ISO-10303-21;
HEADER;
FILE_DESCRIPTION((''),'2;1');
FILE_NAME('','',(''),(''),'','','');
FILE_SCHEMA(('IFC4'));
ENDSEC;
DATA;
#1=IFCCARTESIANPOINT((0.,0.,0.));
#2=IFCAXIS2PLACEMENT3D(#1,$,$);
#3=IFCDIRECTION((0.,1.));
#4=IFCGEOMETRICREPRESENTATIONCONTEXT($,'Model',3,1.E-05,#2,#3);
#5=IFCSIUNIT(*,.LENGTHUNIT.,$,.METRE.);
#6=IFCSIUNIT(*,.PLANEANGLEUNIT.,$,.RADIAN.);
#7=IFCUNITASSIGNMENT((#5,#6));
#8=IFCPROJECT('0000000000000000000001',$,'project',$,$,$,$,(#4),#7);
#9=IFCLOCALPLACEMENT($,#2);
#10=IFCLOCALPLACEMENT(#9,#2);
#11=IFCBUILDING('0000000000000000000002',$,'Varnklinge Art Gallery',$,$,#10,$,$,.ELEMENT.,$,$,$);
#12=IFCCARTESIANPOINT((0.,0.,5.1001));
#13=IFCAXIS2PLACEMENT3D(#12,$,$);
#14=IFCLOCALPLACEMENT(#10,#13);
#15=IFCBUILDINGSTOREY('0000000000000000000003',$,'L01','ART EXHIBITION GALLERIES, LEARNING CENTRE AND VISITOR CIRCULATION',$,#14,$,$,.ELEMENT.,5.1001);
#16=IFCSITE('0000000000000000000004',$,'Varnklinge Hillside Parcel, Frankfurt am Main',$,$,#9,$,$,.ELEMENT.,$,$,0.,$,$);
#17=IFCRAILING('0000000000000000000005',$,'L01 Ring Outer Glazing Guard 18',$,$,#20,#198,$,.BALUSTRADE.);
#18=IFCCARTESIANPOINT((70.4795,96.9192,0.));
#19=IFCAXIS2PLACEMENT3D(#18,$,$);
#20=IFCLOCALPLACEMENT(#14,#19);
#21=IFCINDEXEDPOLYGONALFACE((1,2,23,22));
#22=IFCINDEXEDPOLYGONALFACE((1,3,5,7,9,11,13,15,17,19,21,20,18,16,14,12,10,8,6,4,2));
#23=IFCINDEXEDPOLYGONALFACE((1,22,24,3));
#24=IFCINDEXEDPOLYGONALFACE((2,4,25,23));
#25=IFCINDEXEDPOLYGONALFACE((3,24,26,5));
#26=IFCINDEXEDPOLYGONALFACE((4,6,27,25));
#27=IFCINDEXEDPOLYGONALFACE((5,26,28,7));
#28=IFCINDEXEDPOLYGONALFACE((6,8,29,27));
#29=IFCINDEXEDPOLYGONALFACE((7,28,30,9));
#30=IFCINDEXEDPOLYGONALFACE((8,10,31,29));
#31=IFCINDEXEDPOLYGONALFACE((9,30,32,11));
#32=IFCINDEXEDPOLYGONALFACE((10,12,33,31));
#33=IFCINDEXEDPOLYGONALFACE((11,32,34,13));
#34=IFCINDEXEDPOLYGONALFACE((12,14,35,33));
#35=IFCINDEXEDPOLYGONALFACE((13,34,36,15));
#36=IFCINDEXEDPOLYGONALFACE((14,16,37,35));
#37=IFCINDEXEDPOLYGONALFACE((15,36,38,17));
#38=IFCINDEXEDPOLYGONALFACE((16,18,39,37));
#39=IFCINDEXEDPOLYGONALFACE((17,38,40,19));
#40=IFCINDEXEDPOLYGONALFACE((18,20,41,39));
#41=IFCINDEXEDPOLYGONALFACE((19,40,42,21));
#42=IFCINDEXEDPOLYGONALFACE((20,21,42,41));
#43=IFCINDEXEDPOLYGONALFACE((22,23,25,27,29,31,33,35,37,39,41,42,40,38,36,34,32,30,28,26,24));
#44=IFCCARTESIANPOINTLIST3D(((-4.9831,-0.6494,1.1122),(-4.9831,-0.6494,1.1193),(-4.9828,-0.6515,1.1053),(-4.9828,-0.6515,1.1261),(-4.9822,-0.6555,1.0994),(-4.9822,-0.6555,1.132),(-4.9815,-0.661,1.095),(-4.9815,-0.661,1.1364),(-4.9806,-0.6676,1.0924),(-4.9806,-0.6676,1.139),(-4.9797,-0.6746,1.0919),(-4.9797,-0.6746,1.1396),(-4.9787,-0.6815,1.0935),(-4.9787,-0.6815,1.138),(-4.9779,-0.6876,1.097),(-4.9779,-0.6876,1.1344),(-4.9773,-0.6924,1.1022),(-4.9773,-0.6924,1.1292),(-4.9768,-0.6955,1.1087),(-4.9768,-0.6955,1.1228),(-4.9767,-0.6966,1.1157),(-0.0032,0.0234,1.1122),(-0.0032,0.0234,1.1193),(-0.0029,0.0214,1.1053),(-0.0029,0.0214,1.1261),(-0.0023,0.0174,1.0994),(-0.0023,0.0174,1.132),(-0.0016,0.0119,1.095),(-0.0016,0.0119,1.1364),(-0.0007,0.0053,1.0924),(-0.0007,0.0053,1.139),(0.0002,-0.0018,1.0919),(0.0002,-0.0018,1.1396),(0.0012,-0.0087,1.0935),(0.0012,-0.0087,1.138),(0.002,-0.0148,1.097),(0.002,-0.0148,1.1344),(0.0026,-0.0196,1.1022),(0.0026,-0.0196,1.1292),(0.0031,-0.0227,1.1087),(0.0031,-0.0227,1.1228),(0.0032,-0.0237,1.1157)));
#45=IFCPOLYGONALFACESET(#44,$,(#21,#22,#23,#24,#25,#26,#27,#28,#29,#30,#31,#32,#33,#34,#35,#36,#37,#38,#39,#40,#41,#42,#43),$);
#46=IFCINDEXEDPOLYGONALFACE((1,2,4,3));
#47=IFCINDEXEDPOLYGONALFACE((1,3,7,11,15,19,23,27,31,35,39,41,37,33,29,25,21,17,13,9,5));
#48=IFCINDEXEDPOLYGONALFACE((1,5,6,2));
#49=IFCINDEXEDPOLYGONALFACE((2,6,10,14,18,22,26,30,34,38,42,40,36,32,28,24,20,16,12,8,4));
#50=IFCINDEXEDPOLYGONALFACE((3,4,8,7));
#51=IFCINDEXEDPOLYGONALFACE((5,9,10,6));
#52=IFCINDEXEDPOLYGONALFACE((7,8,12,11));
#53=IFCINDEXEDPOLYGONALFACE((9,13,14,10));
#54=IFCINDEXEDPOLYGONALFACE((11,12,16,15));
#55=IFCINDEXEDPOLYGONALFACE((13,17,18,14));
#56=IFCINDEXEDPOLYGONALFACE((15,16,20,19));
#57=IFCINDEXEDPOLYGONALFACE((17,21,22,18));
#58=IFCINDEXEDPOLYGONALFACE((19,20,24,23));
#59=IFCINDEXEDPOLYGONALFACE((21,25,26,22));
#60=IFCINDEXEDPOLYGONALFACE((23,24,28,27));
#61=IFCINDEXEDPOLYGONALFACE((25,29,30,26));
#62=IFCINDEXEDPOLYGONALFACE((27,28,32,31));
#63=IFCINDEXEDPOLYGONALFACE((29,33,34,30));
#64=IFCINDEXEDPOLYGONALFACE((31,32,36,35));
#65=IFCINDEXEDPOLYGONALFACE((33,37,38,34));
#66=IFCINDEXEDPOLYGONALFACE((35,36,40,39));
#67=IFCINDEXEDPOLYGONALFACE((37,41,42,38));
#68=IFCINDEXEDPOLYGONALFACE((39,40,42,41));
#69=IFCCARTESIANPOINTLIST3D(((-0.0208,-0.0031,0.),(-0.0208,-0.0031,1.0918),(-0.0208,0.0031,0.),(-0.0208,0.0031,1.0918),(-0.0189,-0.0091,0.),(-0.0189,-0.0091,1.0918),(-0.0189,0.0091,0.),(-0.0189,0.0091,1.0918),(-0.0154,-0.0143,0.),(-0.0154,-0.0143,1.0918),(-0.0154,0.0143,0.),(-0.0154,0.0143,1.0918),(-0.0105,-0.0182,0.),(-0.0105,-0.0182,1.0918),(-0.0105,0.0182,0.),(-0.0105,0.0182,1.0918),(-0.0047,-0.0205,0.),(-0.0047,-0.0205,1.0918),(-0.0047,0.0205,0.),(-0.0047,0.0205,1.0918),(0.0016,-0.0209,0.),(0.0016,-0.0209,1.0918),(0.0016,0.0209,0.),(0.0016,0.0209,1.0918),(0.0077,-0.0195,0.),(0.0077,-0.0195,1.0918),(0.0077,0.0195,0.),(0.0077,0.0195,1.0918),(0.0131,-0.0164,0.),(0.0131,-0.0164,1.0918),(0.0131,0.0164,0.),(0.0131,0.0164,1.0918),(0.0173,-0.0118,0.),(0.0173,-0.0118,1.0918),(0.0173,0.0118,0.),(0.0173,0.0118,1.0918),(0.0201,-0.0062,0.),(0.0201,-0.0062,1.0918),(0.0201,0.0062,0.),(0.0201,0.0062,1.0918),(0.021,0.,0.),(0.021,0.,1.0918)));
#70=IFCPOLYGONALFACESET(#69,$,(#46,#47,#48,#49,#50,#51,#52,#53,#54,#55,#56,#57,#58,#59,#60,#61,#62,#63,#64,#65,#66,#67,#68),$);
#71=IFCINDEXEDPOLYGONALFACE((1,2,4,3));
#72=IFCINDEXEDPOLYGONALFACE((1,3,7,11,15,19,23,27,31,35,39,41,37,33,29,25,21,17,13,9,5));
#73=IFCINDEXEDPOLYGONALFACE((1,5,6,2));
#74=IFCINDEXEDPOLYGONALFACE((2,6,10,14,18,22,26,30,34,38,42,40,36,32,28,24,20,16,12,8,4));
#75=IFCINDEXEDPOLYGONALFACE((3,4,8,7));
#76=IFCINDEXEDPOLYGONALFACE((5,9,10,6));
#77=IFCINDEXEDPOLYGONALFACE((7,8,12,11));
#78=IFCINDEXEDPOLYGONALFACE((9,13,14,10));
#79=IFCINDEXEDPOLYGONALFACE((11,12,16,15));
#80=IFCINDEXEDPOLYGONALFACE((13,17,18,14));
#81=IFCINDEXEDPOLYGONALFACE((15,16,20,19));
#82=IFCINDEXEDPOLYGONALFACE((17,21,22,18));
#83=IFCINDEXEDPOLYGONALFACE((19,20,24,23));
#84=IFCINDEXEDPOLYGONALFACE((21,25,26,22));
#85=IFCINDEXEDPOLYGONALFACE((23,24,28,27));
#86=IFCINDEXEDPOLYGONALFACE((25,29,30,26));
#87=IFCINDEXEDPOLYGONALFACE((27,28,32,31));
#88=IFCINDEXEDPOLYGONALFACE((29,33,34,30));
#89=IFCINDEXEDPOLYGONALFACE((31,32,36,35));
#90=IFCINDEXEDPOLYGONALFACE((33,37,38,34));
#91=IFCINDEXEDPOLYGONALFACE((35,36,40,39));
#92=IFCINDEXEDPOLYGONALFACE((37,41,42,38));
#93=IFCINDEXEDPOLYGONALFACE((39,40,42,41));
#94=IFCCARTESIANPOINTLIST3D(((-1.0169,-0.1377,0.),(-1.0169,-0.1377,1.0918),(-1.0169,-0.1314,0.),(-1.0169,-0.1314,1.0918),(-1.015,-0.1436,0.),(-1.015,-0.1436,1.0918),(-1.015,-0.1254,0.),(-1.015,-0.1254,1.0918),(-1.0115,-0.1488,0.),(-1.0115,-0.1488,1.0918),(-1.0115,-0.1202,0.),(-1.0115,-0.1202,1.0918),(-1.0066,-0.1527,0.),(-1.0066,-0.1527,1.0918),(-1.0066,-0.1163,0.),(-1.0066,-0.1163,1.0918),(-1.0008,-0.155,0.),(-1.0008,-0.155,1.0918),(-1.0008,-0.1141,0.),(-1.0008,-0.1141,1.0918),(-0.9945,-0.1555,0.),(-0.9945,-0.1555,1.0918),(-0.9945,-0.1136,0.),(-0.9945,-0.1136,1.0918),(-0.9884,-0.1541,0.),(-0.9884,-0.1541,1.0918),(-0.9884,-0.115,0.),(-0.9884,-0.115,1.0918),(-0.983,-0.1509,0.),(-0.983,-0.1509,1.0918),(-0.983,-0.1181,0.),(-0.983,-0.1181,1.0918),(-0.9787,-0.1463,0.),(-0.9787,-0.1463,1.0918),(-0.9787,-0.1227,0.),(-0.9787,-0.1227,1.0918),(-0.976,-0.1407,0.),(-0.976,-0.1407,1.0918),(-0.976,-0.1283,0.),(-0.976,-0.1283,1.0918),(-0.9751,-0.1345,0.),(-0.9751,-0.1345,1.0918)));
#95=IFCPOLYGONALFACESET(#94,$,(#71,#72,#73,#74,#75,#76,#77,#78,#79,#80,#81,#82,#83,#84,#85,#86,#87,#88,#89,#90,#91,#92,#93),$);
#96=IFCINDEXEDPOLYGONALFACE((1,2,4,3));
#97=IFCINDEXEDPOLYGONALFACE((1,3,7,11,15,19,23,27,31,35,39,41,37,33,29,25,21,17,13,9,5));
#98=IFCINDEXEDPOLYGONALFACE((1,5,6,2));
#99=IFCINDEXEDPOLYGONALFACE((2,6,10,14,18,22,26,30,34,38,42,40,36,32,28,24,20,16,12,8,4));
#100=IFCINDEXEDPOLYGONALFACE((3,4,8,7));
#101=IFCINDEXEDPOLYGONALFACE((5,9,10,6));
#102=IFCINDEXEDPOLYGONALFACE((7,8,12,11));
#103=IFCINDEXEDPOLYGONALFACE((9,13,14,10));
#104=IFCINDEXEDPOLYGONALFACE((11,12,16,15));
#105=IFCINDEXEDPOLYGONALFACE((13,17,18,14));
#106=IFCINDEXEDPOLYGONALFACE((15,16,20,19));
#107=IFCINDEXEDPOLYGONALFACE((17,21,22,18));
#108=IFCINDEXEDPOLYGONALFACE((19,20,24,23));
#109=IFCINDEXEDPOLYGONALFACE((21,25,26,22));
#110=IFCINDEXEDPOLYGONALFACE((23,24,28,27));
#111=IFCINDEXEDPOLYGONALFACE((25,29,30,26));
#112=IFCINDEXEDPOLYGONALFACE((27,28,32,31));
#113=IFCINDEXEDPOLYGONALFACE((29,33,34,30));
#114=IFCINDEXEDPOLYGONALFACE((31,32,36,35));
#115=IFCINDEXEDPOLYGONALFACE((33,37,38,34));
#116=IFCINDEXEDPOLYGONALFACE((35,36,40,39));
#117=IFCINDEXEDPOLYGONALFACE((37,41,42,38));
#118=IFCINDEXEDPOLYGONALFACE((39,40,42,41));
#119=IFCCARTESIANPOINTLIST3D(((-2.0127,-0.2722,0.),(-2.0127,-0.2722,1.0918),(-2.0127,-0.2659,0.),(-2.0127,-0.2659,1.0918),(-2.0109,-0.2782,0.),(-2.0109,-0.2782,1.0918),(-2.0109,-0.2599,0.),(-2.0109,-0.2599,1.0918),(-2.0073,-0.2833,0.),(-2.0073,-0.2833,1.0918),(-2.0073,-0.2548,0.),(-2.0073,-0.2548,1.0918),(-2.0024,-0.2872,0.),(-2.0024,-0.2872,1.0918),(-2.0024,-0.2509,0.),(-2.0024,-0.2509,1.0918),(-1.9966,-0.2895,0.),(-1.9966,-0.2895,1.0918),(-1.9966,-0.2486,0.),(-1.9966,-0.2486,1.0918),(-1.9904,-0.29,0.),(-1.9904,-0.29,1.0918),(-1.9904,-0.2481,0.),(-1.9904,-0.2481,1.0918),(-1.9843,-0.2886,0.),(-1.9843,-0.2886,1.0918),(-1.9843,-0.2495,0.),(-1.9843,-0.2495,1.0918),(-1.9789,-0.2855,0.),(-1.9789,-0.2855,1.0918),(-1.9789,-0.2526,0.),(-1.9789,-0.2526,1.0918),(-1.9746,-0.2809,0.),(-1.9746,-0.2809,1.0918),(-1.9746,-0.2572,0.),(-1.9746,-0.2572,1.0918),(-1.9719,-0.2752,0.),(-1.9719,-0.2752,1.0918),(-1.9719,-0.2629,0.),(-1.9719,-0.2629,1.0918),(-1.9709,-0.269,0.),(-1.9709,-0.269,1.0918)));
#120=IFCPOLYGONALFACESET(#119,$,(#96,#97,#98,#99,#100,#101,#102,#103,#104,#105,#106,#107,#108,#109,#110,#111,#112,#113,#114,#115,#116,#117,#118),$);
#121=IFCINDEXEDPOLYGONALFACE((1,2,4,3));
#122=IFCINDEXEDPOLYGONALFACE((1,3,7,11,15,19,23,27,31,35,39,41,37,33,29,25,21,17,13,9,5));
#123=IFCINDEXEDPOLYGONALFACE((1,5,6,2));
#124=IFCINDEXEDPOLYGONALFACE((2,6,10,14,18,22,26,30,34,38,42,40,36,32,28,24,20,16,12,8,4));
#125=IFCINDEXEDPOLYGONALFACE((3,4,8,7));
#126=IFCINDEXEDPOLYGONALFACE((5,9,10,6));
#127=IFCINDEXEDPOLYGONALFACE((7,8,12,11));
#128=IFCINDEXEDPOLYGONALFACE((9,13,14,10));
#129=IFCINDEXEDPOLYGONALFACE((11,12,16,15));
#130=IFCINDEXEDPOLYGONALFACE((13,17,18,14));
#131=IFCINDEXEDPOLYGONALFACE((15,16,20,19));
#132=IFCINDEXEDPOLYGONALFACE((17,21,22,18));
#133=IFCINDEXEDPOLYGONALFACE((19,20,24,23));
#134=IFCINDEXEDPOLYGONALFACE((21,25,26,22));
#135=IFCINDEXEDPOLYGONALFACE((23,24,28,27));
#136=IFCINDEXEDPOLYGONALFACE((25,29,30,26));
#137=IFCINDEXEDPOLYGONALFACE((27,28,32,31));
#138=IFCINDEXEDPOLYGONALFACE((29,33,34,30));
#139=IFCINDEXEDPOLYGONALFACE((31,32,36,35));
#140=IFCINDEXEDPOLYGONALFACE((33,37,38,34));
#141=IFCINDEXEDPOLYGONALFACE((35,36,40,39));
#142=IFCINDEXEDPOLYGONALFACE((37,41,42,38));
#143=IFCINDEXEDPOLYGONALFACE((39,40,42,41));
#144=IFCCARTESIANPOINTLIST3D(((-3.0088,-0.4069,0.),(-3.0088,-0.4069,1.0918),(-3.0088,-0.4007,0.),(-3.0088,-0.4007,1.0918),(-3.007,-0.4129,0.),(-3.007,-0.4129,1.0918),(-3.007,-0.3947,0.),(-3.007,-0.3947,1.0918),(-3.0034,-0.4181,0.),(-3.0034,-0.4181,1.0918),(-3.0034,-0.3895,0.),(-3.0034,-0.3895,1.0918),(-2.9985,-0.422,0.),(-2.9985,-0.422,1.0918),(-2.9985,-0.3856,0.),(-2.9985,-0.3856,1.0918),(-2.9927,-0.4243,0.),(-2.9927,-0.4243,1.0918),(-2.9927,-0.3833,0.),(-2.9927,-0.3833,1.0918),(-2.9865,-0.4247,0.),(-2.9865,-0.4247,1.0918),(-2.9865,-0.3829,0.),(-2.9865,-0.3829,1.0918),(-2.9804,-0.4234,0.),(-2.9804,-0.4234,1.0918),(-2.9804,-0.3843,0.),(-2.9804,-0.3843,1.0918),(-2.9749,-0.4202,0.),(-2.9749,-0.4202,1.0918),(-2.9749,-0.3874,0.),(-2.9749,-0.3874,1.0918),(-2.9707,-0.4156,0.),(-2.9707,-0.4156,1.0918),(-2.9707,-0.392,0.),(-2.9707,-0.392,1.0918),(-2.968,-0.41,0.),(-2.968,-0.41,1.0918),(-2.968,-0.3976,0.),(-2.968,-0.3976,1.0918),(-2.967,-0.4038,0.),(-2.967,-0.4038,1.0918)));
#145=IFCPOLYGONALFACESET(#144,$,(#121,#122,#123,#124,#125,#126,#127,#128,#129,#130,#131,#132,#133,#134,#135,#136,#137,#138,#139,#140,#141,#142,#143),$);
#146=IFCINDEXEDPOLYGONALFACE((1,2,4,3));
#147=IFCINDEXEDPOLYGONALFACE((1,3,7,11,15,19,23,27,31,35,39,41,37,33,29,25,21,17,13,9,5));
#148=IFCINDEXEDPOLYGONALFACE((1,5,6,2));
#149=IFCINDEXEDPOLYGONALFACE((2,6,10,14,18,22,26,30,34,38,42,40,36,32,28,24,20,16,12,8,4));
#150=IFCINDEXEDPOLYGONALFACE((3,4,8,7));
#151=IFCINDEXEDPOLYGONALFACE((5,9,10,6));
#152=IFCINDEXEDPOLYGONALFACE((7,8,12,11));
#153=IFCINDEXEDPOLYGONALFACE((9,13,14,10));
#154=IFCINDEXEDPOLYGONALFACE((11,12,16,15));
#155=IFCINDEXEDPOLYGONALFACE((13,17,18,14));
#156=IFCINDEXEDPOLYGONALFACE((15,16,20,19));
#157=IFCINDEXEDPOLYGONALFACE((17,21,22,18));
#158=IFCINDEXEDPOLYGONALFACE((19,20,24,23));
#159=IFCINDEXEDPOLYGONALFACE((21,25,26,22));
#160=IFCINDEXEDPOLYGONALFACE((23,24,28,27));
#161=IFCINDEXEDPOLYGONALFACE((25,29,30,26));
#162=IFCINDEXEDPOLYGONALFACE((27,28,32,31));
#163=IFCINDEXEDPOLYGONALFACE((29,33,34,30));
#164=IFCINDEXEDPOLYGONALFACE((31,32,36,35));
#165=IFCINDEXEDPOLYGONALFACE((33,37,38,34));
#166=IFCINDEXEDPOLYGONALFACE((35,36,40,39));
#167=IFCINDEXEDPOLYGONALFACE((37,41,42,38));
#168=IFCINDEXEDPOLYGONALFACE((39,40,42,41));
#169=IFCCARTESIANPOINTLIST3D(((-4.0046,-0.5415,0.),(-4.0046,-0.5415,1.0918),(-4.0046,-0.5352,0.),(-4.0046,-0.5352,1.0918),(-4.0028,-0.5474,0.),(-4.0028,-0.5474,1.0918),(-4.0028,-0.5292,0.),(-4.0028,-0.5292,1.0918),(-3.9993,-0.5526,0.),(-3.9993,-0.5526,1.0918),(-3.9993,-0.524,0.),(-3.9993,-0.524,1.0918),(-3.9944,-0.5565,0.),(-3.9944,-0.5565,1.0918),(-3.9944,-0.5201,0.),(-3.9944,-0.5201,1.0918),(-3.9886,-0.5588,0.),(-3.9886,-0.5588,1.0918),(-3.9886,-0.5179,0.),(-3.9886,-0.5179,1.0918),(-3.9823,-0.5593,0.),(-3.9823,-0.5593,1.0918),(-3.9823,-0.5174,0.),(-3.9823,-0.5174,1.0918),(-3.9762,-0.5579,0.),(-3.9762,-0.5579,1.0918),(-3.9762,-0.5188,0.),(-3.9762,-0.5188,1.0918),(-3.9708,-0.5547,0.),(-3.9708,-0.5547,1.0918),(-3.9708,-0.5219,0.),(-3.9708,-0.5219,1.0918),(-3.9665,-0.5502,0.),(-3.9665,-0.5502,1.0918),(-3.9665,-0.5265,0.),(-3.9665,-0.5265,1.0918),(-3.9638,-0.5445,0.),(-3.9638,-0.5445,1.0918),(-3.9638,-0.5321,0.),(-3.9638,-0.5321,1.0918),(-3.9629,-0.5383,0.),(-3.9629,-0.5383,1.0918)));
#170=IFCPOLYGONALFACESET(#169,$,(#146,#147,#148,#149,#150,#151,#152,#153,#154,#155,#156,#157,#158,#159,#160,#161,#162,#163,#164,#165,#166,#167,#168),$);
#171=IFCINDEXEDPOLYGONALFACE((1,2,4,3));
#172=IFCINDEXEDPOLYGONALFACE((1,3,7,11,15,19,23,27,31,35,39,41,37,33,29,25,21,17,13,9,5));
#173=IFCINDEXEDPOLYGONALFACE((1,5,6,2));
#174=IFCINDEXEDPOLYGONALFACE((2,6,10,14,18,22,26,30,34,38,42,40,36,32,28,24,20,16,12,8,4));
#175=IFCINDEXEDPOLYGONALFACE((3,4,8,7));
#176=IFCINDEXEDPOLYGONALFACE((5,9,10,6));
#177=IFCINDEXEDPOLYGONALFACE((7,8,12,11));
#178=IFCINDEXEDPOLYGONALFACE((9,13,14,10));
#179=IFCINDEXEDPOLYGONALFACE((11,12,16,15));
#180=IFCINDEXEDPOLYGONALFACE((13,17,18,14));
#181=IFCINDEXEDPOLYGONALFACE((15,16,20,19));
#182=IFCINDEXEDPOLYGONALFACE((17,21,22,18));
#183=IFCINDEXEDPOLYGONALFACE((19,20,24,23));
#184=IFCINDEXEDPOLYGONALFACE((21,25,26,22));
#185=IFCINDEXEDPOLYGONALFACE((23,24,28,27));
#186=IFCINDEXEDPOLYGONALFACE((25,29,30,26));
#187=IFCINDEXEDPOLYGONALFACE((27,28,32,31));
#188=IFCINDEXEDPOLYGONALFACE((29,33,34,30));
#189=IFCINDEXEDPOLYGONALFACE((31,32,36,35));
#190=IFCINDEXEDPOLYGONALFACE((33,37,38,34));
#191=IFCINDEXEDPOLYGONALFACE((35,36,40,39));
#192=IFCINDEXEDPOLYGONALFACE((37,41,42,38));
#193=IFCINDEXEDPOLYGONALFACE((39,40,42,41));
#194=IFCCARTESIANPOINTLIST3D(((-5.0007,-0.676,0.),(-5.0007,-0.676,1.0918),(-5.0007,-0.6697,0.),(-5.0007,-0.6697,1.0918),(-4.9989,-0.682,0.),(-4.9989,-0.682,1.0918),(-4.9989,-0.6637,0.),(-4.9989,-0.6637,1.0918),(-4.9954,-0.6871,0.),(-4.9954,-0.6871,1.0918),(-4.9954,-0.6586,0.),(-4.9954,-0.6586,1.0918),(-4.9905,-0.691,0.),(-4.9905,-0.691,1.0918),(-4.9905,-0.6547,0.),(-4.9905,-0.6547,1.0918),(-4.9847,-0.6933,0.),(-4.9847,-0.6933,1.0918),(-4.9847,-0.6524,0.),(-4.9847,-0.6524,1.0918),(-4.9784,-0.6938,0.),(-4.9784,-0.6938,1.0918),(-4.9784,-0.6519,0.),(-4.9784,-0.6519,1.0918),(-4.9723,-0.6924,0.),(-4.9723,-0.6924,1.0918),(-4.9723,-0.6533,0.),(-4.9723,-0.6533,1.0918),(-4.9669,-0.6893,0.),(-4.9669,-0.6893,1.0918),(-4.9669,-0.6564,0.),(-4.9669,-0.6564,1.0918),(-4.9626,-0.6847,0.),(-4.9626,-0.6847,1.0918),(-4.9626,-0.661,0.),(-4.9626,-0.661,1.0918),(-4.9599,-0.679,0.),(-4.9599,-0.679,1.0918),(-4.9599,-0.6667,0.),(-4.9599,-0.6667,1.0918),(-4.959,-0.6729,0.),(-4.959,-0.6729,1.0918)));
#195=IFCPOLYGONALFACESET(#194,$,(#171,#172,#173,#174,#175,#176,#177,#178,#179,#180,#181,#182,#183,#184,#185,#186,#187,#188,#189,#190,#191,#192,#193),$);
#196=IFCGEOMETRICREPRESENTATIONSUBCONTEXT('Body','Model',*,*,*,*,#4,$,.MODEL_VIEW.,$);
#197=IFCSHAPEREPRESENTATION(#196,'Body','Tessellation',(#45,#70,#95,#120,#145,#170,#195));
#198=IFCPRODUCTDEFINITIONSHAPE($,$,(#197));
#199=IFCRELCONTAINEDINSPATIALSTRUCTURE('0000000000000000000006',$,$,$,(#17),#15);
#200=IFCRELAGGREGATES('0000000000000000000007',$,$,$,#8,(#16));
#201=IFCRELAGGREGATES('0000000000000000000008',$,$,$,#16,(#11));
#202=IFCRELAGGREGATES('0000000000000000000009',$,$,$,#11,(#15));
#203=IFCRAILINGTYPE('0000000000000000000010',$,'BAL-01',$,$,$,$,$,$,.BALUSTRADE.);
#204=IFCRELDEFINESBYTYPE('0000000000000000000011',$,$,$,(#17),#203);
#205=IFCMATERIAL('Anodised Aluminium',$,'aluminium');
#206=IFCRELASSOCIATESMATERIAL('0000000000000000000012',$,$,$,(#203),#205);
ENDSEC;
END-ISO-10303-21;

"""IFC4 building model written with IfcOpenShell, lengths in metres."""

from ifc_helpers import new_model, si_unit, direction, frame, origin, origin_2d, place, context, subcontext, project, spatial, circle, extrude, material, type_object, element, save


model = new_model("IFC4")

# Units and contexts
model_context = context("Model", 3, precision=1e-05, world=origin(), true_north=direction((0.0, 1.0)))
body_context = subcontext(model_context, "Body", "Model", "MODEL_VIEW")
ifc_project = project(units=[si_unit("LENGTHUNIT", "METRE"), si_unit("PLANEANGLEUNIT", "RADIAN")], contexts=[model_context])

# Site, building, storey
site_placement = place(None, origin())
site = spatial("IfcSite", under=ifc_project, at=site_placement, Name="Varnklinge Hillside Parcel, Frankfurt am Main", CompositionType="ELEMENT", RefElevation=0.0)
building_placement = place(site_placement, origin())
building = spatial("IfcBuilding", under=site, at=building_placement, Name="Varnklinge Art Gallery", CompositionType="ELEMENT")
storey_placement = place(building_placement, frame((0.0, 0.0, 5.1001)))
storey = spatial("IfcBuildingStorey", under=building, at=storey_placement, Name="L01", Description="ART EXHIBITION GALLERIES, LEARNING CENTRE AND VISITOR CIRCULATION", CompositionType="ELEMENT", Elevation=5.1001)

# Railing
ifc_material_1 = material(Name="Anodised Aluminium", Category="aluminium")
railing_type = type_object("IfcRailingType", Name="BAL-01", PredefinedType="BALUSTRADE", material=ifc_material_1)
railing_1_placement = place(storey_placement, frame((70.4795, 96.9192, 0.0)))
element("IfcRailing", 1, at=railing_1_placement, inside=storey, type_object=railing_type, Name="L01 Ring Outer Glazing Guard 18", PredefinedType="BALUSTRADE", context=body_context, shape_type="SweptSolid", body=[
    extrude(circle(Radius=0.0239, at=origin_2d()), frame((0.0, 0.0, 1.1157), z_axis=(-0.990996, -0.133895, 0.0), x_axis=(0.133895, -0.990996, 0.0)), (0.0, 0.0, 1.0), 5.0251),
    extrude(circle(Radius=0.021, at=origin_2d()), origin(), (0.0, 0.0, 1.0), 1.0918),
    extrude(circle(Radius=0.021, at=origin_2d()), frame((-0.9961, -0.1345, 0.0)), (0.0, 0.0, 1.0), 1.0918),
    extrude(circle(Radius=0.021, at=origin_2d()), frame((-1.9919, -0.269, 0.0)), (0.0, 0.0, 1.0), 1.0918),
    extrude(circle(Radius=0.021, at=origin_2d()), frame((-2.988, -0.4038, 0.0)), (0.0, 0.0, 1.0), 1.0918),
    extrude(circle(Radius=0.021, at=origin_2d()), frame((-3.9839, -0.5383, 0.0)), (0.0, 0.0, 1.0), 1.0918),
    extrude(circle(Radius=0.021, at=origin_2d()), frame((-4.98, -0.6729, 0.0)), (0.0, 0.0, 1.0), 1.0918),
])

save(model, "model.ifc")
